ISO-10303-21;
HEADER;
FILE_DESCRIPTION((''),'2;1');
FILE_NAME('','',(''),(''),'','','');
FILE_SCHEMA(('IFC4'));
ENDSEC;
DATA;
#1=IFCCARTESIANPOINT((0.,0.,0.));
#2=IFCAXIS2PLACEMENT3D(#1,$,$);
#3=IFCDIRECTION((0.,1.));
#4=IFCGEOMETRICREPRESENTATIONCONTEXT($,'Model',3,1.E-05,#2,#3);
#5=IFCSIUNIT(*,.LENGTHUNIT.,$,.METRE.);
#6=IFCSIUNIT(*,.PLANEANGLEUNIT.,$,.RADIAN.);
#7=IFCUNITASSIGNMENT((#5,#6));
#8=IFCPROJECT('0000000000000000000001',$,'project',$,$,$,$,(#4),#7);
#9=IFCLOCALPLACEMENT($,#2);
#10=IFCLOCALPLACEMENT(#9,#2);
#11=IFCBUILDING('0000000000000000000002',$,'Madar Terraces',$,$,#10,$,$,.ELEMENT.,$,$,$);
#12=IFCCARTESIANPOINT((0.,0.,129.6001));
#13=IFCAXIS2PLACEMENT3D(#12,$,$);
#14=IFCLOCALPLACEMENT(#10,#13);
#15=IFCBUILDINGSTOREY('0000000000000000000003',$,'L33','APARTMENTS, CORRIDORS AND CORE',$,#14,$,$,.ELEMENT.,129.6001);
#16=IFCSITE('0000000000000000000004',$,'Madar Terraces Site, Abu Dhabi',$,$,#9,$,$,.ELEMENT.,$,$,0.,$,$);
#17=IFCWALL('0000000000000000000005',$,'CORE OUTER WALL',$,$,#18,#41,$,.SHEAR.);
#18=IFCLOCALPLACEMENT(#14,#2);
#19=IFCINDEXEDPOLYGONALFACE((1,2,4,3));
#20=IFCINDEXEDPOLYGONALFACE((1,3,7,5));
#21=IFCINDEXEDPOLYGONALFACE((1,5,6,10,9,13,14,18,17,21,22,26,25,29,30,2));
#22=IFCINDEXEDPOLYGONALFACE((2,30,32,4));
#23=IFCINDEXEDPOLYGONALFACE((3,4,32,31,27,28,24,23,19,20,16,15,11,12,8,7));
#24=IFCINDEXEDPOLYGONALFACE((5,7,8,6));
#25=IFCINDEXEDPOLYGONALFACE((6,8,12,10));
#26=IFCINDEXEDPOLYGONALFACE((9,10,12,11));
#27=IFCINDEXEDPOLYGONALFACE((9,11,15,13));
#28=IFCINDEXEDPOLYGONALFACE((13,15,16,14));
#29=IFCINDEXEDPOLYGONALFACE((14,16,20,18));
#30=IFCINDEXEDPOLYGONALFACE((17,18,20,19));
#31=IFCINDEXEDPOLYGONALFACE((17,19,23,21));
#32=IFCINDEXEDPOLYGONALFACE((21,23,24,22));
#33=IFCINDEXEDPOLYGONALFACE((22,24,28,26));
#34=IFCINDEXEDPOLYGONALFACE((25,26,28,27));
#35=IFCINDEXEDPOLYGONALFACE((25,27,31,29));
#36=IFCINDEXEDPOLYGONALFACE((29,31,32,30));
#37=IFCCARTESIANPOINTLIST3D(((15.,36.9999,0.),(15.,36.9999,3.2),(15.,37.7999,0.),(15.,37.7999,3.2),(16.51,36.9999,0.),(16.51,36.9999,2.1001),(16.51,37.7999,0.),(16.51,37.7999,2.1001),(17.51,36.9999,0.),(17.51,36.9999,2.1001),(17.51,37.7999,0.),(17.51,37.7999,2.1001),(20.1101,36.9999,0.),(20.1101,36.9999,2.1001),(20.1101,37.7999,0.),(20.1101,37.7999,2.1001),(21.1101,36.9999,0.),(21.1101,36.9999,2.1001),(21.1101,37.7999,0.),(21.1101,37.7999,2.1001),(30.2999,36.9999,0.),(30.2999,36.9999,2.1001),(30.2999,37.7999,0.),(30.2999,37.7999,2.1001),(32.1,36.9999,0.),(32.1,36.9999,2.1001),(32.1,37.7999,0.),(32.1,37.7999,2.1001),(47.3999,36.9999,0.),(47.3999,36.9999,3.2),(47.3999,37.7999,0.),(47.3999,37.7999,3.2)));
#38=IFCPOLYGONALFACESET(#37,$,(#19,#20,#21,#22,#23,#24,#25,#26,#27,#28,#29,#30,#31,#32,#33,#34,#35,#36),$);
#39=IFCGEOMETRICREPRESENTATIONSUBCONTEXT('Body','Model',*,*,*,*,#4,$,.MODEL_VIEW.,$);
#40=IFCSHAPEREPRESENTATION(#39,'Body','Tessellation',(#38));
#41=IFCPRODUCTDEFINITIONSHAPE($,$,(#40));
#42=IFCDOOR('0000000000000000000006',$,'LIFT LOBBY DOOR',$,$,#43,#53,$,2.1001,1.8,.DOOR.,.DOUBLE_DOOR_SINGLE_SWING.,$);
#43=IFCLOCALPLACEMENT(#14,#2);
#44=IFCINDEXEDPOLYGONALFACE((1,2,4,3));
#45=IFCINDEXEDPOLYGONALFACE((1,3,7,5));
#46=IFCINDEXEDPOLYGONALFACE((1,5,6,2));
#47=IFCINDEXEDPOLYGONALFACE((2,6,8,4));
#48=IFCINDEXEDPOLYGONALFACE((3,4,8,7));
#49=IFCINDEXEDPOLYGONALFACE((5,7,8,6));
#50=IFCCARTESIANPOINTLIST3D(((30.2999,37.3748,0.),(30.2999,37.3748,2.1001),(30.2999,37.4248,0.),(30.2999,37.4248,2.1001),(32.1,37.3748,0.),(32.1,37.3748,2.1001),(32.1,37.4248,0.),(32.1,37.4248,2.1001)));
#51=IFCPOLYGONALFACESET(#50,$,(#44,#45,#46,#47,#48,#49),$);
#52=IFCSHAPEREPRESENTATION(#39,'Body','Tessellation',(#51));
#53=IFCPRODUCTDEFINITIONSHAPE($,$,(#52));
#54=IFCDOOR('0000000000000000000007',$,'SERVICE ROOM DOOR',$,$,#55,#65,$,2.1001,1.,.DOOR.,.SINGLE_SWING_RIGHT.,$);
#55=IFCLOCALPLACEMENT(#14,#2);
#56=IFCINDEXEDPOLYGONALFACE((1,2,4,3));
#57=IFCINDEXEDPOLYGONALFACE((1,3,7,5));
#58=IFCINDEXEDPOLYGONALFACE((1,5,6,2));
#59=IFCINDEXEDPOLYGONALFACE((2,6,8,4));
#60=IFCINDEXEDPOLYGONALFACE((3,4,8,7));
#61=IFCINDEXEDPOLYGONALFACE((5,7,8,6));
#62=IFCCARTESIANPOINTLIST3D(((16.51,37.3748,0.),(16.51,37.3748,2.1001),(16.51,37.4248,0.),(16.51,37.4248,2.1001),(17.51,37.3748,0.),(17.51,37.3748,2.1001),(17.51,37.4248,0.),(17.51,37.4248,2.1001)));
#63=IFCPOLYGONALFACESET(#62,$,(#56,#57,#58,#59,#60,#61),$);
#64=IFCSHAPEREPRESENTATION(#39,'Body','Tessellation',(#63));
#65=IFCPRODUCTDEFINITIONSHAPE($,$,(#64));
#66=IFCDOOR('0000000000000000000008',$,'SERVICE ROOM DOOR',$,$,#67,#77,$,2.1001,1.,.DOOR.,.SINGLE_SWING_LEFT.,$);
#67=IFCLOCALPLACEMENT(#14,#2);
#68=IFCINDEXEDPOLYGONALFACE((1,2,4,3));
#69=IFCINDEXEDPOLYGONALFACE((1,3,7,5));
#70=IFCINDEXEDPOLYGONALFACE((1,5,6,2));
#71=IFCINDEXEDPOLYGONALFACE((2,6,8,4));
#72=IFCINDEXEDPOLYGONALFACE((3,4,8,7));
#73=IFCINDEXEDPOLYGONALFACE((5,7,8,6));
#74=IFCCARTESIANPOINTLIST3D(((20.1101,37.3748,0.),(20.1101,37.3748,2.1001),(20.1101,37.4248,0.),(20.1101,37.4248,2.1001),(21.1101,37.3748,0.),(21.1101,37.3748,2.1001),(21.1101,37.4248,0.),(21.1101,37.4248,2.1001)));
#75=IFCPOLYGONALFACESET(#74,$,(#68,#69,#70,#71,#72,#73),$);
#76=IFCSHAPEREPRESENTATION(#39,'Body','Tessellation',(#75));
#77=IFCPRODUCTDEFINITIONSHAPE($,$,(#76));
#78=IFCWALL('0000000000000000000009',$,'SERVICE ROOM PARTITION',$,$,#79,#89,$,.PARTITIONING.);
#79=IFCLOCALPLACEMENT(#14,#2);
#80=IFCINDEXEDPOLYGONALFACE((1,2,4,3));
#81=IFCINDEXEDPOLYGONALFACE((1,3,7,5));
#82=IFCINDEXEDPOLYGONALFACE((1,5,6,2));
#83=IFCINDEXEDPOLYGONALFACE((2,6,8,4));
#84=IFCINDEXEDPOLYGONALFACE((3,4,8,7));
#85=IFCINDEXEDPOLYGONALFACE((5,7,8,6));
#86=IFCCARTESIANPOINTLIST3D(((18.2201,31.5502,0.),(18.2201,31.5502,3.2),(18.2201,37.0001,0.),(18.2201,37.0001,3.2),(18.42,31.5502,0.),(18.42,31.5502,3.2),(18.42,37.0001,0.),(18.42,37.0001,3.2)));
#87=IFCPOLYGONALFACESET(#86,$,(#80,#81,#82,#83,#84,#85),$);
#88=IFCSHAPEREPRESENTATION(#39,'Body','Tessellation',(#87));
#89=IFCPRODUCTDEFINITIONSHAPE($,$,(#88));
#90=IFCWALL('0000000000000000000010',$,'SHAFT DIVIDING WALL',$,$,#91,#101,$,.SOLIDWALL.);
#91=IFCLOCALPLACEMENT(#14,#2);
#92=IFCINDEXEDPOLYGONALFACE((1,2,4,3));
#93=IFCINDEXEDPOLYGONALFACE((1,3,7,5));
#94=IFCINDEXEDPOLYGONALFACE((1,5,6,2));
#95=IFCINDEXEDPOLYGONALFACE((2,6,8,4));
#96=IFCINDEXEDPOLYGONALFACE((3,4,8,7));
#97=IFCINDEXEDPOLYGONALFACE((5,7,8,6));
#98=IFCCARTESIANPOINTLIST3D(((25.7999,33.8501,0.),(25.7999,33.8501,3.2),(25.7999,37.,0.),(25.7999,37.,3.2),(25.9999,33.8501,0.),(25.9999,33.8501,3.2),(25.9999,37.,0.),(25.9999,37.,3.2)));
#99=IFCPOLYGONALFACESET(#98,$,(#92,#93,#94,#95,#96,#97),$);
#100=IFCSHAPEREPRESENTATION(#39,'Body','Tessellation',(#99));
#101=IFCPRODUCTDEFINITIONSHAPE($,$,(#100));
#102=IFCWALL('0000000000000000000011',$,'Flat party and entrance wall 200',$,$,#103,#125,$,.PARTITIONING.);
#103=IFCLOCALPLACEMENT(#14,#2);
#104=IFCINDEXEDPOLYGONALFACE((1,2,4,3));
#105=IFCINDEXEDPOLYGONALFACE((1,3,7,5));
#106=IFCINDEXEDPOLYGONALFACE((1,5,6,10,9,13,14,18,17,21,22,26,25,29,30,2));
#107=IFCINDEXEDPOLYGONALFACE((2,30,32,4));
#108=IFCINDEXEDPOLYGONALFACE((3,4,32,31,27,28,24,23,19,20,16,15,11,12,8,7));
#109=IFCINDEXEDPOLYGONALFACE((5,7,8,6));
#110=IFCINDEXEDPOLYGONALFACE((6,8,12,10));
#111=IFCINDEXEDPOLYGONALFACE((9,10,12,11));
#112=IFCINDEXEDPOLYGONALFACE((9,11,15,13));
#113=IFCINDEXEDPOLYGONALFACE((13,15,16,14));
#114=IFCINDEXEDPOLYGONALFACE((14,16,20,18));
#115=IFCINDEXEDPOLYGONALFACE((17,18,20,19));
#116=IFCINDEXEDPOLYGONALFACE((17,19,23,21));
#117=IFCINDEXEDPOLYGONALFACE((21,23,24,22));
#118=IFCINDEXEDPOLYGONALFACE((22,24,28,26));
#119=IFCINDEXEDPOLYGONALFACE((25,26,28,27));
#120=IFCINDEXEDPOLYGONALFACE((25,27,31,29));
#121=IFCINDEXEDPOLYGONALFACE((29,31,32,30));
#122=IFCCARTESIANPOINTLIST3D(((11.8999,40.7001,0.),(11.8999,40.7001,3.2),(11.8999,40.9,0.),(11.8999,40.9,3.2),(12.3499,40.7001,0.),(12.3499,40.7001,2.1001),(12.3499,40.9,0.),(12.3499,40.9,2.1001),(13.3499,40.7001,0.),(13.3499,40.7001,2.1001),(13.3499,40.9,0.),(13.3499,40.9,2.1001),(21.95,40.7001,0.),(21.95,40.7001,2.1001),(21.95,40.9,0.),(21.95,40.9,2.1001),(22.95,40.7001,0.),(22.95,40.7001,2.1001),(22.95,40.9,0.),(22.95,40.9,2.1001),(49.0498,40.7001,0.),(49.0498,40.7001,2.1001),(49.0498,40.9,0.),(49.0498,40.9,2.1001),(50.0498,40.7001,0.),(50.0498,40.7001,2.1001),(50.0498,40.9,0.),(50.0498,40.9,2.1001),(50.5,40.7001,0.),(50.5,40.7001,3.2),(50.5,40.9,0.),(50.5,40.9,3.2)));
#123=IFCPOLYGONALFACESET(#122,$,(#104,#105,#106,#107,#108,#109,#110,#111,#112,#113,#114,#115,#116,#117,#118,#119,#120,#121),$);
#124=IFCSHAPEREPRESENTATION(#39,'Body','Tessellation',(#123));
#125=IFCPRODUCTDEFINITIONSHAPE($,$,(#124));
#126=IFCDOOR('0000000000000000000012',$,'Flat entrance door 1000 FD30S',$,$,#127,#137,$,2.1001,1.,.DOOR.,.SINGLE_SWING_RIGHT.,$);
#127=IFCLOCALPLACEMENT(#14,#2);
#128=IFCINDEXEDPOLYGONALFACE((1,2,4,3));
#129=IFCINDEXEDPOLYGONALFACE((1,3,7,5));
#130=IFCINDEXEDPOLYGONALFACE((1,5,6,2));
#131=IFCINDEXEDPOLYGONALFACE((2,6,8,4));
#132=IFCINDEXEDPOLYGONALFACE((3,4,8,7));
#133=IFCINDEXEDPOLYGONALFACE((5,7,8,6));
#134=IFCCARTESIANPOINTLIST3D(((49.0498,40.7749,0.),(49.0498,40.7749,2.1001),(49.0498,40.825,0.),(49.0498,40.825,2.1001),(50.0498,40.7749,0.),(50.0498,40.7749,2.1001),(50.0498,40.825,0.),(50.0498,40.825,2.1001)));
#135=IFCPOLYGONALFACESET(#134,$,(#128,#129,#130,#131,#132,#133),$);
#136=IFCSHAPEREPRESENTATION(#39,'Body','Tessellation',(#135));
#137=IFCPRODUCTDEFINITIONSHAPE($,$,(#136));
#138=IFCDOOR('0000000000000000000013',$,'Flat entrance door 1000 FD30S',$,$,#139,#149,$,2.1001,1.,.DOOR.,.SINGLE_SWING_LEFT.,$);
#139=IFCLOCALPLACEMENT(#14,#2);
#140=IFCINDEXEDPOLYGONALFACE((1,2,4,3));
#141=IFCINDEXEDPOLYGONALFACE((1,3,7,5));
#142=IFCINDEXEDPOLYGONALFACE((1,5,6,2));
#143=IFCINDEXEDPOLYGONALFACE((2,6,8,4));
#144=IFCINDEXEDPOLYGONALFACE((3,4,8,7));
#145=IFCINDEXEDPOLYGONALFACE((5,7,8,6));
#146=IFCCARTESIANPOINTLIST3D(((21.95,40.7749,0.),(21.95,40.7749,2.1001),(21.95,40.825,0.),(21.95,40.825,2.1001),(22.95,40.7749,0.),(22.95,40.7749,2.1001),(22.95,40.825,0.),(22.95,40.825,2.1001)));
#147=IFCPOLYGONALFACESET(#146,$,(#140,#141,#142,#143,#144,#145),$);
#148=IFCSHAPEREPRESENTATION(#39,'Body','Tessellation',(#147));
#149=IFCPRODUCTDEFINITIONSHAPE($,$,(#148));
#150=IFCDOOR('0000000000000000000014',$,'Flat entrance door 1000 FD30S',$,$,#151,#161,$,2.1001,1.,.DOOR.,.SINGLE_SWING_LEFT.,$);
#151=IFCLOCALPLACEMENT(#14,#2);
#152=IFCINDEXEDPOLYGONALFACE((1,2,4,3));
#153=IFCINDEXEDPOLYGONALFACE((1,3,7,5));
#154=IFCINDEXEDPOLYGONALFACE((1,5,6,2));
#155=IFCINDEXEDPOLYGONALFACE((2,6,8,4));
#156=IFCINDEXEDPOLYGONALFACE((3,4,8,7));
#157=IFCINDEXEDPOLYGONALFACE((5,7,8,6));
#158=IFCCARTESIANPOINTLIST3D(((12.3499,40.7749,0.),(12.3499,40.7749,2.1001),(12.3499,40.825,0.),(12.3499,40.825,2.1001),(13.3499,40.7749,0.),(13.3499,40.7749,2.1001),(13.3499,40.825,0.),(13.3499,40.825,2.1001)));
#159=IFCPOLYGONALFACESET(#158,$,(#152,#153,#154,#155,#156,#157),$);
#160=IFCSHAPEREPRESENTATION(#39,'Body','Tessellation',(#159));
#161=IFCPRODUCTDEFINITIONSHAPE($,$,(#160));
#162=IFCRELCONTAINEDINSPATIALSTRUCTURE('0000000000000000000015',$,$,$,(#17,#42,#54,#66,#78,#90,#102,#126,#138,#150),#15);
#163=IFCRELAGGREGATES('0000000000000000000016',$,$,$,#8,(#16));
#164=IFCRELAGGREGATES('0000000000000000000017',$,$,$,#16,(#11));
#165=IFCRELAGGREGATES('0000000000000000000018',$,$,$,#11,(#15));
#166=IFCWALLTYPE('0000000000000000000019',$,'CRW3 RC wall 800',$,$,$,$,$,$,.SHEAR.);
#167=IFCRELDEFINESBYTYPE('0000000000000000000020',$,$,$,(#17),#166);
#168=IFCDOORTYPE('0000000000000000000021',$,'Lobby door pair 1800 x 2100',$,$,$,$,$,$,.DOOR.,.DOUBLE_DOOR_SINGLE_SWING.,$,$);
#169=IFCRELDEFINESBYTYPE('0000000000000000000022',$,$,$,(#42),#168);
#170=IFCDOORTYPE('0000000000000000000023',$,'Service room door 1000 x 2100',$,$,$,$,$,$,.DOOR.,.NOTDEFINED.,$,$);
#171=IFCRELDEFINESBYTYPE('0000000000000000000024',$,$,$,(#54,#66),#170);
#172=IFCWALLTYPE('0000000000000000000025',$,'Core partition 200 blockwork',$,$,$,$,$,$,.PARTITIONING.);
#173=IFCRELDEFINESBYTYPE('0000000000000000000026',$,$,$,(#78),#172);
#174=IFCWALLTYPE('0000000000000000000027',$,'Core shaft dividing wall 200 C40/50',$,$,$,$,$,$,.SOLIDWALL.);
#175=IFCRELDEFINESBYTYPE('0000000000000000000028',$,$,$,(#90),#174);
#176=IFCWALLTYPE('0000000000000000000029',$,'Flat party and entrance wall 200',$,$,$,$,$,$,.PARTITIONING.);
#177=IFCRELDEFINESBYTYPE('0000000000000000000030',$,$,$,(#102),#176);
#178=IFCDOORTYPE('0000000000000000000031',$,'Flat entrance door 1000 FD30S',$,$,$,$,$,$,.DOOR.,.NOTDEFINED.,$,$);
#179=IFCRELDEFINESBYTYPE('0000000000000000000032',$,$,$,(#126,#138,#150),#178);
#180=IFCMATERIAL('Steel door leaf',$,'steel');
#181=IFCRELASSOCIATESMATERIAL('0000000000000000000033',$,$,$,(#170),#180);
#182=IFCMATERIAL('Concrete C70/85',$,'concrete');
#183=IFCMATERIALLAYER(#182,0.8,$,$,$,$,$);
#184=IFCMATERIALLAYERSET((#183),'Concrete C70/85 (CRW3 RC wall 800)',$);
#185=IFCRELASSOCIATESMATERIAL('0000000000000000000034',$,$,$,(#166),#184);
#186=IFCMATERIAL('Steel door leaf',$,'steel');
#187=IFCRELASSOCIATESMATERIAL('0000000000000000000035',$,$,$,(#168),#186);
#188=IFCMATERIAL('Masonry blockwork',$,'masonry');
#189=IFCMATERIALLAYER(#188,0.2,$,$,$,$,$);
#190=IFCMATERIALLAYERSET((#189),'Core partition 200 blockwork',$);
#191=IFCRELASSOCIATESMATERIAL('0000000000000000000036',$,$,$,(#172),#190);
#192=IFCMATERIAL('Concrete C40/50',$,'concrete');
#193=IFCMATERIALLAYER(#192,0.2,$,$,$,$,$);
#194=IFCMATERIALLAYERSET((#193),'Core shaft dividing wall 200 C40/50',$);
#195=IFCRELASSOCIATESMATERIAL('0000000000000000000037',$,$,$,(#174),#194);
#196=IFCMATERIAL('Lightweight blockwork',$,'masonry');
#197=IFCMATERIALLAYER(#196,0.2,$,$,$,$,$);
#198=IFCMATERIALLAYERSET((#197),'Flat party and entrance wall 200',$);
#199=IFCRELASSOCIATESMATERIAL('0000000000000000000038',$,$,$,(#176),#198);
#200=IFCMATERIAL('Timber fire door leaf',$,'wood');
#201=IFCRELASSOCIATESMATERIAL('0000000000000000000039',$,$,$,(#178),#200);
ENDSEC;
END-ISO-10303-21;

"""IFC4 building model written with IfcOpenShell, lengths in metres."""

from ifc_helpers import new_model, si_unit, direction, frame, frame_2d, origin, place, context, subcontext, project, spatial, rectangle, extrude, material, layer, layer_set, type_object, element, fill, save


model = new_model("IFC4")

# Units and contexts
model_context = context("Model", 3, precision=1e-05, world=origin(), true_north=direction((0.0, 1.0)))
body_context = subcontext(model_context, "Body", "Model", "MODEL_VIEW")
ifc_project = project(units=[si_unit("LENGTHUNIT", "METRE"), si_unit("PLANEANGLEUNIT", "RADIAN")], contexts=[model_context])

# Site, building, storey
site_placement = place(None, origin())
site = spatial("IfcSite", under=ifc_project, at=site_placement, Name="Madar Terraces Site, Abu Dhabi", CompositionType="ELEMENT", RefElevation=0.0)
building_placement = place(site_placement, origin())
building = spatial("IfcBuilding", under=site, at=building_placement, Name="Madar Terraces", CompositionType="ELEMENT")
storey_placement = place(building_placement, frame((0.0, 0.0, 129.6001)))
storey = spatial("IfcBuildingStorey", under=building, at=storey_placement, Name="L33", Description="APARTMENTS, CORRIDORS AND CORE", CompositionType="ELEMENT", Elevation=129.6001)

# Shared definitions
ifc_material_1 = material(Name="Steel door leaf", Category="steel")
door_type_1 = type_object("IfcDoorType", Name="Service room door 1000 x 2100", OperationType="NOTDEFINED", PredefinedType="DOOR", material=ifc_material_1)

# Wall, openings, doors
ifc_material_2 = material(Name="Concrete C70/85", Category="concrete")
ifc_layer_1 = layer(ifc_material_2, 0.8)
ifc_layer_set_1 = layer_set([ifc_layer_1], Name="Concrete C70/85 (CRW3 RC wall 800)")
wall_type_1 = type_object("IfcWallType", Name="CRW3 RC wall 800", PredefinedType="SHEAR", material=ifc_layer_set_1)
wall_1_placement = place(storey_placement, frame((15.0, 37.3999, 0.0), z_axis=(0.0, 0.0, 1.0), x_axis=(1.0, 0.0, 0.0)))
wall_1 = element("IfcWall", 1, at=wall_1_placement, inside=storey, type_object=wall_type_1, Name="CORE OUTER WALL", PredefinedType="SHEAR", context=body_context, shape_type="SweptSolid", body=[
    extrude(rectangle(XDim=32.3999, YDim=0.8, at=frame_2d((16.2, 0.0))), origin(), (0.0, 0.0, 1.0), 3.2),
])
opening_1_placement = place(wall_1_placement, frame((15.3, 0.0, 0.0)))
opening_1 = element("IfcOpeningElement", 2, at=opening_1_placement, cuts=wall_1, PredefinedType="OPENING", context=body_context, shape_type="SweptSolid", body=[
    extrude(rectangle(XDim=1.8, YDim=2.1001, at=frame_2d((0.8999, 1.05))), frame((0.0, 0.4099, 0.0), z_axis=(0.0, -1.0, 0.0), x_axis=(1.0, 0.0, 0.0)), (0.0, 0.0, 1.0), 0.8201),
])
opening_2_placement = place(wall_1_placement, frame((1.51, 0.0, 0.0)))
opening_2 = element("IfcOpeningElement", 3, at=opening_2_placement, cuts=wall_1, PredefinedType="OPENING", context=body_context, shape_type="SweptSolid", body=[
    extrude(rectangle(XDim=1.0, YDim=2.1001, at=frame_2d((0.5, 1.05))), frame((0.0, 0.4099, 0.0), z_axis=(0.0, -1.0, 0.0), x_axis=(1.0, 0.0, 0.0)), (0.0, 0.0, 1.0), 0.8201),
])
opening_3_placement = place(wall_1_placement, frame((5.1101, 0.0, 0.0)))
opening_3 = element("IfcOpeningElement", 4, at=opening_3_placement, cuts=wall_1, PredefinedType="OPENING", context=body_context, shape_type="SweptSolid", body=[
    extrude(rectangle(XDim=1.0, YDim=2.1001, at=frame_2d((0.5, 1.05))), frame((0.0, 0.4099, 0.0), z_axis=(0.0, -1.0, 0.0), x_axis=(1.0, 0.0, 0.0)), (0.0, 0.0, 1.0), 0.8201),
])
ifc_material_3 = material(Name="Steel door leaf", Category="steel")
door_type_2 = type_object("IfcDoorType", Name="Lobby door pair 1800 x 2100", OperationType="DOUBLE_DOOR_SINGLE_SWING", PredefinedType="DOOR", material=ifc_material_3)
door_1_placement = place(opening_1_placement, origin())
door_1 = element("IfcDoor", 5, at=door_1_placement, inside=storey, type_object=door_type_2, Name="LIFT LOBBY DOOR", OperationType="DOUBLE_DOOR_SINGLE_SWING", OverallHeight=2.1001, OverallWidth=1.8, PredefinedType="DOOR", context=body_context, shape_type="SweptSolid", body=[
    extrude(rectangle(XDim=1.8, YDim=2.1001, at=frame_2d((0.8999, 1.05))), frame((0.0, 0.0249, 0.0), z_axis=(0.0, -1.0, 0.0), x_axis=(1.0, 0.0, 0.0)), (0.0, 0.0, 1.0), 0.05),
])
fill(opening_1, door_1)
door_2_placement = place(opening_2_placement, origin())
door_2 = element("IfcDoor", 6, at=door_2_placement, inside=storey, type_object=door_type_1, Name="SERVICE ROOM DOOR", OperationType="SINGLE_SWING_RIGHT", OverallHeight=2.1001, OverallWidth=1.0, PredefinedType="DOOR", context=body_context, shape_type="SweptSolid", body=[
    extrude(rectangle(XDim=1.0, YDim=2.1001, at=frame_2d((0.5, 1.05))), frame((0.0, 0.0249, 0.0), z_axis=(0.0, -1.0, 0.0), x_axis=(1.0, 0.0, 0.0)), (0.0, 0.0, 1.0), 0.05),
])
fill(opening_2, door_2)
door_3_placement = place(opening_3_placement, origin())
door_3 = element("IfcDoor", 7, at=door_3_placement, inside=storey, type_object=door_type_1, Name="SERVICE ROOM DOOR", OperationType="SINGLE_SWING_LEFT", OverallHeight=2.1001, OverallWidth=1.0, PredefinedType="DOOR", context=body_context, shape_type="SweptSolid", body=[
    extrude(rectangle(XDim=1.0, YDim=2.1001, at=frame_2d((0.5, 1.05))), frame((0.0, 0.0249, 0.0), z_axis=(0.0, -1.0, 0.0), x_axis=(1.0, 0.0, 0.0)), (0.0, 0.0, 1.0), 0.05),
])
fill(opening_3, door_3)

# Walls
ifc_material_4 = material(Name="Masonry blockwork", Category="masonry")
ifc_layer_2 = layer(ifc_material_4, 0.2)
ifc_layer_set_2 = layer_set([ifc_layer_2], Name="Core partition 200 blockwork")
wall_type_2 = type_object("IfcWallType", Name="Core partition 200 blockwork", PredefinedType="PARTITIONING", material=ifc_layer_set_2)
wall_2_placement = place(storey_placement, frame((18.3201, 31.55, 0.0), z_axis=(0.0, 0.0, 1.0), x_axis=(0.0, 1.0, 0.0)))
element("IfcWall", 8, at=wall_2_placement, inside=storey, type_object=wall_type_2, Name="SERVICE ROOM PARTITION", PredefinedType="PARTITIONING", context=body_context, shape_type="SweptSolid", body=[
    extrude(rectangle(XDim=5.45, YDim=0.2, at=frame_2d((2.7251, 0.0))), origin(), (0.0, 0.0, 1.0), 3.2),
])
ifc_material_5 = material(Name="Concrete C40/50", Category="concrete")
ifc_layer_3 = layer(ifc_material_5, 0.2)
ifc_layer_set_3 = layer_set([ifc_layer_3], Name="Core shaft dividing wall 200 C40/50")
wall_type_3 = type_object("IfcWallType", Name="Core shaft dividing wall 200 C40/50", PredefinedType="SOLIDWALL", material=ifc_layer_set_3)
wall_3_placement = place(storey_placement, frame((25.8999, 33.8501, 0.0), z_axis=(0.0, 0.0, 1.0), x_axis=(0.0, 1.0, 0.0)))
element("IfcWall", 9, at=wall_3_placement, inside=storey, type_object=wall_type_3, Name="SHAFT DIVIDING WALL", PredefinedType="SOLIDWALL", context=body_context, shape_type="SweptSolid", body=[
    extrude(rectangle(XDim=3.1499, YDim=0.2, at=frame_2d((1.575, 0.0))), origin(), (0.0, 0.0, 1.0), 3.2),
])

# Wall, openings, doors
ifc_material_6 = material(Name="Lightweight blockwork", Category="masonry")
ifc_layer_4 = layer(ifc_material_6, 0.2)
ifc_layer_set_4 = layer_set([ifc_layer_4], Name="Flat party and entrance wall 200")
wall_type_4 = type_object("IfcWallType", Name="Flat party and entrance wall 200", PredefinedType="PARTITIONING", material=ifc_layer_set_4)
wall_4_placement = place(storey_placement, frame((11.8999, 40.8, 0.0), z_axis=(0.0, 0.0, 1.0), x_axis=(1.0, 0.0, 0.0)))
wall_4 = element("IfcWall", 10, at=wall_4_placement, inside=storey, type_object=wall_type_4, Name="Flat party and entrance wall 200", PredefinedType="PARTITIONING", context=body_context, shape_type="SweptSolid", body=[
    extrude(rectangle(XDim=38.6001, YDim=0.2, at=frame_2d((19.3, 0.0))), origin(), (0.0, 0.0, 1.0), 3.2),
])
opening_4_placement = place(wall_4_placement, frame((37.1499, 0.0, 0.0)))
opening_4 = element("IfcOpeningElement", 11, at=opening_4_placement, cuts=wall_4, PredefinedType="OPENING", context=body_context, shape_type="SweptSolid", body=[
    extrude(rectangle(XDim=1.0, YDim=2.1001, at=frame_2d((0.5, 1.05))), frame((0.0, 0.1099, 0.0), z_axis=(0.0, -1.0, 0.0), x_axis=(1.0, 0.0, 0.0)), (0.0, 0.0, 1.0), 0.22),
])
opening_5_placement = place(wall_4_placement, frame((10.05, 0.0, 0.0)))
opening_5 = element("IfcOpeningElement", 12, at=opening_5_placement, cuts=wall_4, PredefinedType="OPENING", context=body_context, shape_type="SweptSolid", body=[
    extrude(rectangle(XDim=1.0, YDim=2.1001, at=frame_2d((0.5, 1.05))), frame((0.0, 0.1099, 0.0), z_axis=(0.0, -1.0, 0.0), x_axis=(1.0, 0.0, 0.0)), (0.0, 0.0, 1.0), 0.22),
])
opening_6_placement = place(wall_4_placement, frame((0.45, 0.0, 0.0)))
opening_6 = element("IfcOpeningElement", 13, at=opening_6_placement, cuts=wall_4, PredefinedType="OPENING", context=body_context, shape_type="SweptSolid", body=[
    extrude(rectangle(XDim=1.0, YDim=2.1001, at=frame_2d((0.5, 1.05))), frame((0.0, 0.1099, 0.0), z_axis=(0.0, -1.0, 0.0), x_axis=(1.0, 0.0, 0.0)), (0.0, 0.0, 1.0), 0.22),
])
ifc_material_7 = material(Name="Timber fire door leaf", Category="wood")
door_type_3 = type_object("IfcDoorType", Name="Flat entrance door 1000 FD30S", OperationType="NOTDEFINED", PredefinedType="DOOR", material=ifc_material_7)
door_4_placement = place(opening_4_placement, origin())
door_4 = element("IfcDoor", 14, at=door_4_placement, inside=storey, type_object=door_type_3, Name="Flat entrance door 1000 FD30S", OperationType="SINGLE_SWING_RIGHT", OverallHeight=2.1001, OverallWidth=1.0, PredefinedType="DOOR", context=body_context, shape_type="SweptSolid", body=[
    extrude(rectangle(XDim=1.0, YDim=2.1001, at=frame_2d((0.5, 1.05))), frame((0.0, 0.0249, 0.0), z_axis=(0.0, -1.0, 0.0), x_axis=(1.0, 0.0, 0.0)), (0.0, 0.0, 1.0), 0.05),
])
fill(opening_4, door_4)
door_5_placement = place(opening_5_placement, origin())
door_5 = element("IfcDoor", 15, at=door_5_placement, inside=storey, type_object=door_type_3, Name="Flat entrance door 1000 FD30S", OperationType="SINGLE_SWING_LEFT", OverallHeight=2.1001, OverallWidth=1.0, PredefinedType="DOOR", context=body_context, shape_type="SweptSolid", body=[
    extrude(rectangle(XDim=1.0, YDim=2.1001, at=frame_2d((0.5, 1.05))), frame((0.0, 0.0249, 0.0), z_axis=(0.0, -1.0, 0.0), x_axis=(1.0, 0.0, 0.0)), (0.0, 0.0, 1.0), 0.05),
])
fill(opening_5, door_5)
door_6_placement = place(opening_6_placement, origin())
door_6 = element("IfcDoor", 16, at=door_6_placement, inside=storey, type_object=door_type_3, Name="Flat entrance door 1000 FD30S", OperationType="SINGLE_SWING_LEFT", OverallHeight=2.1001, OverallWidth=1.0, PredefinedType="DOOR", context=body_context, shape_type="SweptSolid", body=[
    extrude(rectangle(XDim=1.0, YDim=2.1001, at=frame_2d((0.5, 1.05))), frame((0.0, 0.0249, 0.0), z_axis=(0.0, -1.0, 0.0), x_axis=(1.0, 0.0, 0.0)), (0.0, 0.0, 1.0), 0.05),
])
fill(opening_6, door_6)

save(model, "model.ifc")
